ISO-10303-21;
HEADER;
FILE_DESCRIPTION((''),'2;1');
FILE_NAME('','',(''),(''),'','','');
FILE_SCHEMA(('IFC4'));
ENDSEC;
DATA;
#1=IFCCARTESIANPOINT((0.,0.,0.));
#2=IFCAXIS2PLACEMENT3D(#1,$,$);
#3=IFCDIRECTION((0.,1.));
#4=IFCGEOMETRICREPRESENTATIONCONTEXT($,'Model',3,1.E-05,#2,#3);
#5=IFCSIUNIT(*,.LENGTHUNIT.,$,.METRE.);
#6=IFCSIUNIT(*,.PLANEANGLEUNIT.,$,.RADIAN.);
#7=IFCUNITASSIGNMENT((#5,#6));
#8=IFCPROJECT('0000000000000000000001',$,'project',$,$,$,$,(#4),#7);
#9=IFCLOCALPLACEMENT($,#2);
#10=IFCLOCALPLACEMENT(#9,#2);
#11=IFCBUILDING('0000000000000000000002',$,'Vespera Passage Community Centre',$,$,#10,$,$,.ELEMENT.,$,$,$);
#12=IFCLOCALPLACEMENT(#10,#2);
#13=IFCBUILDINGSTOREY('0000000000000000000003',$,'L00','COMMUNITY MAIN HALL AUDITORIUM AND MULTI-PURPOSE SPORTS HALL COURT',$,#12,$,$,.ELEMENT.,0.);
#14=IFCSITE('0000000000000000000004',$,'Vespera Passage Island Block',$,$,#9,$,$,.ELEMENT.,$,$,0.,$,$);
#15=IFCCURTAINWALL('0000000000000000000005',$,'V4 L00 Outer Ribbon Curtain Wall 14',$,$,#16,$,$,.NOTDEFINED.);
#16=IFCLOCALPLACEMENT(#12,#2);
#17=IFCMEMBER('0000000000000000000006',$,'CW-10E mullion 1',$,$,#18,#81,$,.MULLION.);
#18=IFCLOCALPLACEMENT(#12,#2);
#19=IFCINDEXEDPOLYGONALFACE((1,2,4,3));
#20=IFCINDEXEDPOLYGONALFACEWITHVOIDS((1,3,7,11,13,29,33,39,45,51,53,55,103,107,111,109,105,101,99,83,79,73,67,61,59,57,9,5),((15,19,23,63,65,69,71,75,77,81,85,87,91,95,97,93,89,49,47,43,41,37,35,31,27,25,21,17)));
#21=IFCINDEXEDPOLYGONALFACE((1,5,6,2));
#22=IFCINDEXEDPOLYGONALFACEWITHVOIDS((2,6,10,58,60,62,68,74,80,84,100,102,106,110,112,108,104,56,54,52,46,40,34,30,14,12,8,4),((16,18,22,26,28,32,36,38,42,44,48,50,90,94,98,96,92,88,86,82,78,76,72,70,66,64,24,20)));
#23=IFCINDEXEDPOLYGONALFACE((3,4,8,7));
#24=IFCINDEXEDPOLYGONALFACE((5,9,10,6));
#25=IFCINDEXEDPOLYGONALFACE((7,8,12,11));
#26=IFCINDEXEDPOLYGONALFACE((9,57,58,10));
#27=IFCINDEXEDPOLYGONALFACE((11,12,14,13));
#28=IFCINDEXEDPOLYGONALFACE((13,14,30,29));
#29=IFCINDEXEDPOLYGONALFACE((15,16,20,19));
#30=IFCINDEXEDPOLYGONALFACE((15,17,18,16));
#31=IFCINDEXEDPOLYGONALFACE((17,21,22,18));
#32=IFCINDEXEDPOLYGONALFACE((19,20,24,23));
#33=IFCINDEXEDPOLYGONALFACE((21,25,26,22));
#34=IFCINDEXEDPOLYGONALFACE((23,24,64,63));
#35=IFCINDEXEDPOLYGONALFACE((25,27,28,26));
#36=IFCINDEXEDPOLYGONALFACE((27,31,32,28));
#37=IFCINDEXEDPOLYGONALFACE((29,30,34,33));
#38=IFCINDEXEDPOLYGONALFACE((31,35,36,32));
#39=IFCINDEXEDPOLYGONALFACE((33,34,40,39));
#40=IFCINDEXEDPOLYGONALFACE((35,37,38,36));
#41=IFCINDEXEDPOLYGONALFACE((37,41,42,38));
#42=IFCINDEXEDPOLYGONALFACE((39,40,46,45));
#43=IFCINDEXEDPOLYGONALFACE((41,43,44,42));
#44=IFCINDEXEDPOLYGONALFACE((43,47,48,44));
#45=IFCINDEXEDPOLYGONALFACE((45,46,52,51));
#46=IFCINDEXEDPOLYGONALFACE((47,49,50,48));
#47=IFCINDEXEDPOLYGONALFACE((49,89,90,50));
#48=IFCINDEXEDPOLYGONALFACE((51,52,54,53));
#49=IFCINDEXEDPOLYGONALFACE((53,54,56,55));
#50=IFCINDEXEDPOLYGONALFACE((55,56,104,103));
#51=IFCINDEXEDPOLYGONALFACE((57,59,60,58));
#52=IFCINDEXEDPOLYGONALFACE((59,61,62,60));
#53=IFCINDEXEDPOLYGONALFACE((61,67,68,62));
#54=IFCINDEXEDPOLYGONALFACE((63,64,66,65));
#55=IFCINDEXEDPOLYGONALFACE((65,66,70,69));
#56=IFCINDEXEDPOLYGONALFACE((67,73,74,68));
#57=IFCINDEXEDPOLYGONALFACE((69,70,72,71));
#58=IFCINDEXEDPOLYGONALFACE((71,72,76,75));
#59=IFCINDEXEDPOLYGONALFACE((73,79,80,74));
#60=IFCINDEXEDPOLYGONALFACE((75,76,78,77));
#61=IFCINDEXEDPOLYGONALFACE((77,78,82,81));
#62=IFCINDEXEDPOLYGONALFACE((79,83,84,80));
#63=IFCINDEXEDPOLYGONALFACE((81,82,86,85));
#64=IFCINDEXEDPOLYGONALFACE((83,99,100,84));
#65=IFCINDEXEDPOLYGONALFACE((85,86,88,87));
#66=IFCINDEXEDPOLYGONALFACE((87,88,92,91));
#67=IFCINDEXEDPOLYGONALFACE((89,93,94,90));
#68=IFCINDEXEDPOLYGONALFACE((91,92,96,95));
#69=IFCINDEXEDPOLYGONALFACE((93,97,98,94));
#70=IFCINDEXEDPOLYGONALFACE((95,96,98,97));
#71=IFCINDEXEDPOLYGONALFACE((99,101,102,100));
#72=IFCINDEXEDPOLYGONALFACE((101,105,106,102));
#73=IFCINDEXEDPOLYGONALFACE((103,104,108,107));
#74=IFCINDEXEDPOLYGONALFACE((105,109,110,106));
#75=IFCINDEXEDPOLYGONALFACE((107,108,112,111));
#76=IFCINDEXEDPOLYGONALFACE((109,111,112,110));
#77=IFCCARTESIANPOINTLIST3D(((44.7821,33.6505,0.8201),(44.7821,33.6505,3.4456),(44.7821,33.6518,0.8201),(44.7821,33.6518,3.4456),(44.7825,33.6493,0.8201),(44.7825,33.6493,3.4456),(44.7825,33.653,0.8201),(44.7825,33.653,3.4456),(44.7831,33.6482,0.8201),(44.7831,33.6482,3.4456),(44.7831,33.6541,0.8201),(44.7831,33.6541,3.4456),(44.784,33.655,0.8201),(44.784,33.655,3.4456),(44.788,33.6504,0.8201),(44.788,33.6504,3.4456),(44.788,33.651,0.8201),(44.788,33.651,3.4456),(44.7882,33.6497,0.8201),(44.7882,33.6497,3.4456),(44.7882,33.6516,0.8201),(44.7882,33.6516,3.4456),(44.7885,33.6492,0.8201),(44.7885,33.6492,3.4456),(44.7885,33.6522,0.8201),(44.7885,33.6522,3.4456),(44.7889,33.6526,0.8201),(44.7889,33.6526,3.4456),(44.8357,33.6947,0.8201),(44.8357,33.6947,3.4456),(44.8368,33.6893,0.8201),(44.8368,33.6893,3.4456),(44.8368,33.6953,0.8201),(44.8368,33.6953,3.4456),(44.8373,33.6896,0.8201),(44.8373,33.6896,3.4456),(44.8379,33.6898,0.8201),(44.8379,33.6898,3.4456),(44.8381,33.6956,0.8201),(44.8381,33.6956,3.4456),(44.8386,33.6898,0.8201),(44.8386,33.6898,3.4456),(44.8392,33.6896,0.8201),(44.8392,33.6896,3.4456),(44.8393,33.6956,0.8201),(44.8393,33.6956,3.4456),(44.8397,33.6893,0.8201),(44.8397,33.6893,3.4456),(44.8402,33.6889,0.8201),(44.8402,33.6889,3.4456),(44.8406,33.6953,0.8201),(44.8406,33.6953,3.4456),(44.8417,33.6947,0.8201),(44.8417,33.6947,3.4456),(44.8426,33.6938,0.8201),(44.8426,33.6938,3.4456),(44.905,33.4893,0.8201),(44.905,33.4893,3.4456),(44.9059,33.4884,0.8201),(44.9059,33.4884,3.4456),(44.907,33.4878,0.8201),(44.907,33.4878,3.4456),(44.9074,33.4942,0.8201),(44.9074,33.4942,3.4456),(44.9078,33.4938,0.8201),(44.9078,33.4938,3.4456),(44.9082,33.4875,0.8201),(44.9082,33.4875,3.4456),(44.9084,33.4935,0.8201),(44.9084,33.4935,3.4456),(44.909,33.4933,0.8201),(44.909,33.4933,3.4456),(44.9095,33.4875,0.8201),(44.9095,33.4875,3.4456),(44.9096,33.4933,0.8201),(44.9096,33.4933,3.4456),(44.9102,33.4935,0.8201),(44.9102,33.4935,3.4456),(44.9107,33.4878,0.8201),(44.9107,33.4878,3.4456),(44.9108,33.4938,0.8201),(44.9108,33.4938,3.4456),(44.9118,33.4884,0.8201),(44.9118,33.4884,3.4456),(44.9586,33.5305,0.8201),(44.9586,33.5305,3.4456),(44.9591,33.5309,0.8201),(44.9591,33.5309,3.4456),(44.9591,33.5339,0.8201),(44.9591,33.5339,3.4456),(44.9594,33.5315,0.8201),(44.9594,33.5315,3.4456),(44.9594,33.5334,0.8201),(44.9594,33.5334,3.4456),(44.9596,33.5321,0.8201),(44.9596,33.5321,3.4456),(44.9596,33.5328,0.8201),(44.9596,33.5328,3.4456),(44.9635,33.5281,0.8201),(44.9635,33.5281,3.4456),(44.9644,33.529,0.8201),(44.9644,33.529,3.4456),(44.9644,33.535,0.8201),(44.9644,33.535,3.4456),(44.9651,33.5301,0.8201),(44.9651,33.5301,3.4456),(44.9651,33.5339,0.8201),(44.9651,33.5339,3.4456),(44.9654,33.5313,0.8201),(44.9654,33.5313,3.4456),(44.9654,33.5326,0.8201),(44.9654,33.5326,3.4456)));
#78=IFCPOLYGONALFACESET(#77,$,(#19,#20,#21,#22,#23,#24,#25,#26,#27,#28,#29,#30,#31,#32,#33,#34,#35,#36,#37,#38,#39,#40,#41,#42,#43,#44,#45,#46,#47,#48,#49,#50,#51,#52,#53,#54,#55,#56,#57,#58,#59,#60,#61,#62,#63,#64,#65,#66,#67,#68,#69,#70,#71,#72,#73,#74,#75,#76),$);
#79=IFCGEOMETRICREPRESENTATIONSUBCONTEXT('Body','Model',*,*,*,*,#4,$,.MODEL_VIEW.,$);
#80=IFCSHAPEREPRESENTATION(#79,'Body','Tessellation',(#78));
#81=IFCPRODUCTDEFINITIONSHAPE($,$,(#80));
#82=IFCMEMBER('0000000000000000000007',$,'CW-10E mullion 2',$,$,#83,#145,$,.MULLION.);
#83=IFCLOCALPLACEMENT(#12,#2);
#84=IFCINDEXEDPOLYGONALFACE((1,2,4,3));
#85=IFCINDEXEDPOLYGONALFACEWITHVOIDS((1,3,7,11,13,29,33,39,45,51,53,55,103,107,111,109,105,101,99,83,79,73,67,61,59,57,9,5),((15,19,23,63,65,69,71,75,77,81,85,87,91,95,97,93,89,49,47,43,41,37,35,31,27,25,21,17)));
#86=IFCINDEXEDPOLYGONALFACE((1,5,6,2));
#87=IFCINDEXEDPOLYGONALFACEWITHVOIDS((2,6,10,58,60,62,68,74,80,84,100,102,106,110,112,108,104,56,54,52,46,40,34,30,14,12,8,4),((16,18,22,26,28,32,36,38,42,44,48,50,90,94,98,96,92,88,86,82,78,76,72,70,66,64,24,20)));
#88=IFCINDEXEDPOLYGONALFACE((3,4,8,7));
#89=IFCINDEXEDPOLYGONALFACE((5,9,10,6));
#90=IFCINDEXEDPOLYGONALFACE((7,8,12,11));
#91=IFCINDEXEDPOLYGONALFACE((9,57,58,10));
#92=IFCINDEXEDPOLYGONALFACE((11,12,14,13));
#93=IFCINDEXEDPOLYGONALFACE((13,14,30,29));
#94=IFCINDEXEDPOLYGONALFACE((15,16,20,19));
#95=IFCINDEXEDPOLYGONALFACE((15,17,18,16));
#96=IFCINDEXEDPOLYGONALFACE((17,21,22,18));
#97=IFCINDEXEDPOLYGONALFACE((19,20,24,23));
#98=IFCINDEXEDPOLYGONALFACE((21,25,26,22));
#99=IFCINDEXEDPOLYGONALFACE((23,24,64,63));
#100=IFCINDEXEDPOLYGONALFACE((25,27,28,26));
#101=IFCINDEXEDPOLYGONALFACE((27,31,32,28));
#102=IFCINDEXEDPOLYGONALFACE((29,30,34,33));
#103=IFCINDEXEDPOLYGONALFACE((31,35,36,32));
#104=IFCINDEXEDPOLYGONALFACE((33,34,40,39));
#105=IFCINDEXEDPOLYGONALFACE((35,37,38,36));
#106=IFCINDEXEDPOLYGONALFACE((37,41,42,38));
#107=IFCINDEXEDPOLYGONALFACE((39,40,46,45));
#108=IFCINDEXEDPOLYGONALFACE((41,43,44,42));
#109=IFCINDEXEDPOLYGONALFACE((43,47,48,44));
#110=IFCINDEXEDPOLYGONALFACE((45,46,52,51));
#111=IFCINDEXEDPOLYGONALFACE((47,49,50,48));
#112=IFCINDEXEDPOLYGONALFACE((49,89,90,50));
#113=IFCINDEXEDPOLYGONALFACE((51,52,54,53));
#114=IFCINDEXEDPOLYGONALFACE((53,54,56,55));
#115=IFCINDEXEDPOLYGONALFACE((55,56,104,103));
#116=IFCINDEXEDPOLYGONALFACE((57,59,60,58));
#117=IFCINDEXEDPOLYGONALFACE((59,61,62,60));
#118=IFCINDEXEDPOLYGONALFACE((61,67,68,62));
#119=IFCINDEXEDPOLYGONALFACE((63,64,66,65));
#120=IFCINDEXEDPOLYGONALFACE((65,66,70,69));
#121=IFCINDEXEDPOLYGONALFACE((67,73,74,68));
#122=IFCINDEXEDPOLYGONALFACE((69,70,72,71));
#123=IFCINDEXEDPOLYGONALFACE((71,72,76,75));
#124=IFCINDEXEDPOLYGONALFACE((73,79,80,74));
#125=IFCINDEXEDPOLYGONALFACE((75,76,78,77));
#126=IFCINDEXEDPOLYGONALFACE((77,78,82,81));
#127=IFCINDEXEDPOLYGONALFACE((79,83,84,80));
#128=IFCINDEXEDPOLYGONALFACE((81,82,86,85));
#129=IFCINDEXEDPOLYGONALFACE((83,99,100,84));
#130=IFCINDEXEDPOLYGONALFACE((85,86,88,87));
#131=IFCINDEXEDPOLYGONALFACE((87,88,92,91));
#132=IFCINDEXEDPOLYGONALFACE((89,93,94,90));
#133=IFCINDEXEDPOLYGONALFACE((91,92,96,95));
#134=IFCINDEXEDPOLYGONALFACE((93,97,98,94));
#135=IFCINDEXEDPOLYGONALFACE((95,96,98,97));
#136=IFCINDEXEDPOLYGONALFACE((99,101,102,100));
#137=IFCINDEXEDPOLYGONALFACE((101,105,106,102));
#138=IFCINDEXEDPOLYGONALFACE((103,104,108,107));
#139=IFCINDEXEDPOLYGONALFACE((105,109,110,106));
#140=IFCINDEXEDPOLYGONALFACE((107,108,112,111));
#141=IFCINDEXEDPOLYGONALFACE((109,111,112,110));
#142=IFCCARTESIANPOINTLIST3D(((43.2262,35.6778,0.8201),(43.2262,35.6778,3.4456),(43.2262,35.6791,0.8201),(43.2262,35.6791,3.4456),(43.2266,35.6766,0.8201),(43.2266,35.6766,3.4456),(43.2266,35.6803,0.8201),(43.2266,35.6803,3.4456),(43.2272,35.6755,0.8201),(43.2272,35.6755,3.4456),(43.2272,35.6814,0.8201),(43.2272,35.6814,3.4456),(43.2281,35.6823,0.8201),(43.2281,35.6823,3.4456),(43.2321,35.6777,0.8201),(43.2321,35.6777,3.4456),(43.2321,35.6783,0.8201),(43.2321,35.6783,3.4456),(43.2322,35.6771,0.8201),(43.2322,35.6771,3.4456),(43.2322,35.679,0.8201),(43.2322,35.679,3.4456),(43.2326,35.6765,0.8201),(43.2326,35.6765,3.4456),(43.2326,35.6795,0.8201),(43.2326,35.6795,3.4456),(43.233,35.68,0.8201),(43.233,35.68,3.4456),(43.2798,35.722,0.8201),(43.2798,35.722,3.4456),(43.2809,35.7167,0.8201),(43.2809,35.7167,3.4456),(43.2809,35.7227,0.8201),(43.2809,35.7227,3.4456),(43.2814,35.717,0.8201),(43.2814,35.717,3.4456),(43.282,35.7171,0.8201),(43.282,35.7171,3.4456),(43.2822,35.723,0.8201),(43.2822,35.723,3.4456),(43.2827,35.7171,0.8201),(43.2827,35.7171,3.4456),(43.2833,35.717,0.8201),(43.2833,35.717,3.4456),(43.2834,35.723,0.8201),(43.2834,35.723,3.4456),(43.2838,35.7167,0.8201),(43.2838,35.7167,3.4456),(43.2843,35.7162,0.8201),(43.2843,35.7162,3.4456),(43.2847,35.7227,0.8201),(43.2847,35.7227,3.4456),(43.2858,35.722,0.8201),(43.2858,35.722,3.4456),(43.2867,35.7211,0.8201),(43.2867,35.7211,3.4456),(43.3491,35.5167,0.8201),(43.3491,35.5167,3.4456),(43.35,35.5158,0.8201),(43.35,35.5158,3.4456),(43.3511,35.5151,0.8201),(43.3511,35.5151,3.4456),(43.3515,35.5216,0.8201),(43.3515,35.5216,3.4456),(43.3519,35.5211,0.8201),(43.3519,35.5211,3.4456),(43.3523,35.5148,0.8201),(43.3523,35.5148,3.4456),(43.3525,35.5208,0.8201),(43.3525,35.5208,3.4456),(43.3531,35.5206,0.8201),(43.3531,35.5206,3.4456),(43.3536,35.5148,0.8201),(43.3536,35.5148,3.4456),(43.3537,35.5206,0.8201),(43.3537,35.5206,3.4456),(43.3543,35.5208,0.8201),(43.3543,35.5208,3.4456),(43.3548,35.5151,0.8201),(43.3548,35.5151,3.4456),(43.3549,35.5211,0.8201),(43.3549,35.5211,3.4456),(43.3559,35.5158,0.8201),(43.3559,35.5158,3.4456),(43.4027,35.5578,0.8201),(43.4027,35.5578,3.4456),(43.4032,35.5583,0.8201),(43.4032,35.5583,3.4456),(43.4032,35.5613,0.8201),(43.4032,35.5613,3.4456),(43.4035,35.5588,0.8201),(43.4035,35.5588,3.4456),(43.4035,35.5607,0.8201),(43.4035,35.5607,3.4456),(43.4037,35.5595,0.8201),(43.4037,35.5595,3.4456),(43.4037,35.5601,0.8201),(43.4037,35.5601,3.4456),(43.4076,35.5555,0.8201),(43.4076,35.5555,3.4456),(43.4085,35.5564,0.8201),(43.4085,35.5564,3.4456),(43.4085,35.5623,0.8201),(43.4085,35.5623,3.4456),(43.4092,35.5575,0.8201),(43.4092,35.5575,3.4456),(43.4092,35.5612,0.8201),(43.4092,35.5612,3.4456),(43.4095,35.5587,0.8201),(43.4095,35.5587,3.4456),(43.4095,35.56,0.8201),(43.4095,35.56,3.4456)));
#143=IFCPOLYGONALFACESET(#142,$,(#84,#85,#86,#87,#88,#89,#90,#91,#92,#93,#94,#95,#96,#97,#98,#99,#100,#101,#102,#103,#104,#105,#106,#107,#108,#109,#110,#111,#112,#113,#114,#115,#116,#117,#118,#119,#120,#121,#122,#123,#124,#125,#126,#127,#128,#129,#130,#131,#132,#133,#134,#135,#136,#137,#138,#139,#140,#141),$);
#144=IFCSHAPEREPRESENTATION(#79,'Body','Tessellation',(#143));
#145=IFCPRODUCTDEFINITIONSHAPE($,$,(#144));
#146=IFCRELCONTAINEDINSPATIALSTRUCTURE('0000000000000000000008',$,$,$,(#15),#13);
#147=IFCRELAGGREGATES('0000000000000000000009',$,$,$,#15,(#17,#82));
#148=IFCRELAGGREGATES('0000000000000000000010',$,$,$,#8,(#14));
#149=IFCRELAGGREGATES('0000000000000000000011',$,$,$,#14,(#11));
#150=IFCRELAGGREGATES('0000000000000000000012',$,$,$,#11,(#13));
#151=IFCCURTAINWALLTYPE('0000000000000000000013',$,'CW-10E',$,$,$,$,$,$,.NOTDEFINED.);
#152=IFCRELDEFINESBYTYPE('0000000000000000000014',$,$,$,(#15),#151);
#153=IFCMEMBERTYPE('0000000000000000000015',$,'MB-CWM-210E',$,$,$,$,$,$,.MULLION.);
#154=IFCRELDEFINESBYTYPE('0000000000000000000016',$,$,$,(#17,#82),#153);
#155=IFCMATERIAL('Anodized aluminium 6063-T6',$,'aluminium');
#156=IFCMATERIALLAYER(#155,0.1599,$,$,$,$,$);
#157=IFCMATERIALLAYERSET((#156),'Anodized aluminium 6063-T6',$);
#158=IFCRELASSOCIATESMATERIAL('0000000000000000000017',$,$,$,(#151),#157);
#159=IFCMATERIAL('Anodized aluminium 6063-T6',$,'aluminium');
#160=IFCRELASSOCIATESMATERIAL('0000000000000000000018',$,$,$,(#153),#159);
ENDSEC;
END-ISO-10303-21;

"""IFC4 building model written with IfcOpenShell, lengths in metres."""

from ifc_helpers import new_model, si_unit, direction, frame, origin, origin_2d, place, context, subcontext, project, spatial, hollow_rectangle, extrude, material, layer, layer_set, material_profile, profile_set, type_object, element, aggregate, save


model = new_model("IFC4")

# Units and contexts
model_context = context("Model", 3, precision=1e-05, world=origin(), true_north=direction((0.0, 1.0)))
body_context = subcontext(model_context, "Body", "Model", "MODEL_VIEW")
ifc_project = project(units=[si_unit("LENGTHUNIT", "METRE"), si_unit("PLANEANGLEUNIT", "RADIAN")], contexts=[model_context])

# Site, building, storey
site_placement = place(None, origin())
site = spatial("IfcSite", under=ifc_project, at=site_placement, Name="Vespera Passage Island Block", CompositionType="ELEMENT", RefElevation=0.0)
building_placement = place(site_placement, origin())
building = spatial("IfcBuilding", under=site, at=building_placement, Name="Vespera Passage Community Centre", CompositionType="ELEMENT")
storey_placement = place(building_placement, origin())
storey = spatial("IfcBuildingStorey", under=building, at=storey_placement, Name="L00", Description="COMMUNITY MAIN HALL AUDITORIUM AND MULTI-PURPOSE SPORTS HALL COURT", CompositionType="ELEMENT", Elevation=0.0)

# Curtain wall, members
ifc_material_1 = material(Name="Anodized aluminium 6063-T6", Category="aluminium")
ifc_layer_1 = layer(ifc_material_1, 0.1599)
ifc_layer_set_1 = layer_set([ifc_layer_1], Name="Anodized aluminium 6063-T6")
curtain_wall_type = type_object("IfcCurtainWallType", Name="CW-10E", PredefinedType="NOTDEFINED", material=ifc_layer_set_1)
curtain_wall_placement = place(storey_placement, origin())
curtain_wall = element("IfcCurtainWall", 1, at=curtain_wall_placement, inside=storey, type_object=curtain_wall_type, Name="V4 L00 Outer Ribbon Curtain Wall 14", PredefinedType="NOTDEFINED")
ifc_material_2 = material(Name="Anodized aluminium 6063-T6", Category="aluminium")
ifc_material_profile_1 = material_profile(ifc_material_2, hollow_rectangle(XDim=0.075, YDim=0.21, WallThickness=0.0049, InnerFilletRadius=0.0024, OuterFilletRadius=0.0049, at=origin_2d()), Name="ALU210X75X5")
ifc_profile_set_1 = profile_set([ifc_material_profile_1], Name="Anodized aluminium 6063-T6")
member_type_1 = type_object("IfcMemberType", Name="MB-CWM-210E", PredefinedType="MULLION", material=ifc_profile_set_1)
member_1_placement = place(storey_placement, frame((44.8738, 33.5916, 0.8201), z_axis=(0.0, 0.0, 1.0), x_axis=(-0.79335, -0.608765, 0.0)))
member_1 = element("IfcMember", 2, at=member_1_placement, type_object=member_type_1, Name="CW-10E mullion 1", PredefinedType="MULLION", context=body_context, shape_type="SweptSolid", body=[
    extrude(hollow_rectangle(XDim=0.075, YDim=0.21, WallThickness=0.0049, InnerFilletRadius=0.0024, OuterFilletRadius=0.0049, at=origin_2d()), origin(), (0.0, 0.0, 1.0), 2.6255),
])
member_2_placement = place(storey_placement, frame((43.3179, 35.6189, 0.8201), z_axis=(0.0, 0.0, 1.0), x_axis=(-0.79335, -0.608765, 0.0)))
member_2 = element("IfcMember", 3, at=member_2_placement, type_object=member_type_1, Name="CW-10E mullion 2", PredefinedType="MULLION", context=body_context, shape_type="SweptSolid", body=[
    extrude(hollow_rectangle(XDim=0.075, YDim=0.21, WallThickness=0.0049, InnerFilletRadius=0.0024, OuterFilletRadius=0.0049, at=origin_2d()), origin(), (0.0, 0.0, 1.0), 2.6255),
])
aggregate(curtain_wall, [member_1, member_2])

save(model, "model.ifc")
